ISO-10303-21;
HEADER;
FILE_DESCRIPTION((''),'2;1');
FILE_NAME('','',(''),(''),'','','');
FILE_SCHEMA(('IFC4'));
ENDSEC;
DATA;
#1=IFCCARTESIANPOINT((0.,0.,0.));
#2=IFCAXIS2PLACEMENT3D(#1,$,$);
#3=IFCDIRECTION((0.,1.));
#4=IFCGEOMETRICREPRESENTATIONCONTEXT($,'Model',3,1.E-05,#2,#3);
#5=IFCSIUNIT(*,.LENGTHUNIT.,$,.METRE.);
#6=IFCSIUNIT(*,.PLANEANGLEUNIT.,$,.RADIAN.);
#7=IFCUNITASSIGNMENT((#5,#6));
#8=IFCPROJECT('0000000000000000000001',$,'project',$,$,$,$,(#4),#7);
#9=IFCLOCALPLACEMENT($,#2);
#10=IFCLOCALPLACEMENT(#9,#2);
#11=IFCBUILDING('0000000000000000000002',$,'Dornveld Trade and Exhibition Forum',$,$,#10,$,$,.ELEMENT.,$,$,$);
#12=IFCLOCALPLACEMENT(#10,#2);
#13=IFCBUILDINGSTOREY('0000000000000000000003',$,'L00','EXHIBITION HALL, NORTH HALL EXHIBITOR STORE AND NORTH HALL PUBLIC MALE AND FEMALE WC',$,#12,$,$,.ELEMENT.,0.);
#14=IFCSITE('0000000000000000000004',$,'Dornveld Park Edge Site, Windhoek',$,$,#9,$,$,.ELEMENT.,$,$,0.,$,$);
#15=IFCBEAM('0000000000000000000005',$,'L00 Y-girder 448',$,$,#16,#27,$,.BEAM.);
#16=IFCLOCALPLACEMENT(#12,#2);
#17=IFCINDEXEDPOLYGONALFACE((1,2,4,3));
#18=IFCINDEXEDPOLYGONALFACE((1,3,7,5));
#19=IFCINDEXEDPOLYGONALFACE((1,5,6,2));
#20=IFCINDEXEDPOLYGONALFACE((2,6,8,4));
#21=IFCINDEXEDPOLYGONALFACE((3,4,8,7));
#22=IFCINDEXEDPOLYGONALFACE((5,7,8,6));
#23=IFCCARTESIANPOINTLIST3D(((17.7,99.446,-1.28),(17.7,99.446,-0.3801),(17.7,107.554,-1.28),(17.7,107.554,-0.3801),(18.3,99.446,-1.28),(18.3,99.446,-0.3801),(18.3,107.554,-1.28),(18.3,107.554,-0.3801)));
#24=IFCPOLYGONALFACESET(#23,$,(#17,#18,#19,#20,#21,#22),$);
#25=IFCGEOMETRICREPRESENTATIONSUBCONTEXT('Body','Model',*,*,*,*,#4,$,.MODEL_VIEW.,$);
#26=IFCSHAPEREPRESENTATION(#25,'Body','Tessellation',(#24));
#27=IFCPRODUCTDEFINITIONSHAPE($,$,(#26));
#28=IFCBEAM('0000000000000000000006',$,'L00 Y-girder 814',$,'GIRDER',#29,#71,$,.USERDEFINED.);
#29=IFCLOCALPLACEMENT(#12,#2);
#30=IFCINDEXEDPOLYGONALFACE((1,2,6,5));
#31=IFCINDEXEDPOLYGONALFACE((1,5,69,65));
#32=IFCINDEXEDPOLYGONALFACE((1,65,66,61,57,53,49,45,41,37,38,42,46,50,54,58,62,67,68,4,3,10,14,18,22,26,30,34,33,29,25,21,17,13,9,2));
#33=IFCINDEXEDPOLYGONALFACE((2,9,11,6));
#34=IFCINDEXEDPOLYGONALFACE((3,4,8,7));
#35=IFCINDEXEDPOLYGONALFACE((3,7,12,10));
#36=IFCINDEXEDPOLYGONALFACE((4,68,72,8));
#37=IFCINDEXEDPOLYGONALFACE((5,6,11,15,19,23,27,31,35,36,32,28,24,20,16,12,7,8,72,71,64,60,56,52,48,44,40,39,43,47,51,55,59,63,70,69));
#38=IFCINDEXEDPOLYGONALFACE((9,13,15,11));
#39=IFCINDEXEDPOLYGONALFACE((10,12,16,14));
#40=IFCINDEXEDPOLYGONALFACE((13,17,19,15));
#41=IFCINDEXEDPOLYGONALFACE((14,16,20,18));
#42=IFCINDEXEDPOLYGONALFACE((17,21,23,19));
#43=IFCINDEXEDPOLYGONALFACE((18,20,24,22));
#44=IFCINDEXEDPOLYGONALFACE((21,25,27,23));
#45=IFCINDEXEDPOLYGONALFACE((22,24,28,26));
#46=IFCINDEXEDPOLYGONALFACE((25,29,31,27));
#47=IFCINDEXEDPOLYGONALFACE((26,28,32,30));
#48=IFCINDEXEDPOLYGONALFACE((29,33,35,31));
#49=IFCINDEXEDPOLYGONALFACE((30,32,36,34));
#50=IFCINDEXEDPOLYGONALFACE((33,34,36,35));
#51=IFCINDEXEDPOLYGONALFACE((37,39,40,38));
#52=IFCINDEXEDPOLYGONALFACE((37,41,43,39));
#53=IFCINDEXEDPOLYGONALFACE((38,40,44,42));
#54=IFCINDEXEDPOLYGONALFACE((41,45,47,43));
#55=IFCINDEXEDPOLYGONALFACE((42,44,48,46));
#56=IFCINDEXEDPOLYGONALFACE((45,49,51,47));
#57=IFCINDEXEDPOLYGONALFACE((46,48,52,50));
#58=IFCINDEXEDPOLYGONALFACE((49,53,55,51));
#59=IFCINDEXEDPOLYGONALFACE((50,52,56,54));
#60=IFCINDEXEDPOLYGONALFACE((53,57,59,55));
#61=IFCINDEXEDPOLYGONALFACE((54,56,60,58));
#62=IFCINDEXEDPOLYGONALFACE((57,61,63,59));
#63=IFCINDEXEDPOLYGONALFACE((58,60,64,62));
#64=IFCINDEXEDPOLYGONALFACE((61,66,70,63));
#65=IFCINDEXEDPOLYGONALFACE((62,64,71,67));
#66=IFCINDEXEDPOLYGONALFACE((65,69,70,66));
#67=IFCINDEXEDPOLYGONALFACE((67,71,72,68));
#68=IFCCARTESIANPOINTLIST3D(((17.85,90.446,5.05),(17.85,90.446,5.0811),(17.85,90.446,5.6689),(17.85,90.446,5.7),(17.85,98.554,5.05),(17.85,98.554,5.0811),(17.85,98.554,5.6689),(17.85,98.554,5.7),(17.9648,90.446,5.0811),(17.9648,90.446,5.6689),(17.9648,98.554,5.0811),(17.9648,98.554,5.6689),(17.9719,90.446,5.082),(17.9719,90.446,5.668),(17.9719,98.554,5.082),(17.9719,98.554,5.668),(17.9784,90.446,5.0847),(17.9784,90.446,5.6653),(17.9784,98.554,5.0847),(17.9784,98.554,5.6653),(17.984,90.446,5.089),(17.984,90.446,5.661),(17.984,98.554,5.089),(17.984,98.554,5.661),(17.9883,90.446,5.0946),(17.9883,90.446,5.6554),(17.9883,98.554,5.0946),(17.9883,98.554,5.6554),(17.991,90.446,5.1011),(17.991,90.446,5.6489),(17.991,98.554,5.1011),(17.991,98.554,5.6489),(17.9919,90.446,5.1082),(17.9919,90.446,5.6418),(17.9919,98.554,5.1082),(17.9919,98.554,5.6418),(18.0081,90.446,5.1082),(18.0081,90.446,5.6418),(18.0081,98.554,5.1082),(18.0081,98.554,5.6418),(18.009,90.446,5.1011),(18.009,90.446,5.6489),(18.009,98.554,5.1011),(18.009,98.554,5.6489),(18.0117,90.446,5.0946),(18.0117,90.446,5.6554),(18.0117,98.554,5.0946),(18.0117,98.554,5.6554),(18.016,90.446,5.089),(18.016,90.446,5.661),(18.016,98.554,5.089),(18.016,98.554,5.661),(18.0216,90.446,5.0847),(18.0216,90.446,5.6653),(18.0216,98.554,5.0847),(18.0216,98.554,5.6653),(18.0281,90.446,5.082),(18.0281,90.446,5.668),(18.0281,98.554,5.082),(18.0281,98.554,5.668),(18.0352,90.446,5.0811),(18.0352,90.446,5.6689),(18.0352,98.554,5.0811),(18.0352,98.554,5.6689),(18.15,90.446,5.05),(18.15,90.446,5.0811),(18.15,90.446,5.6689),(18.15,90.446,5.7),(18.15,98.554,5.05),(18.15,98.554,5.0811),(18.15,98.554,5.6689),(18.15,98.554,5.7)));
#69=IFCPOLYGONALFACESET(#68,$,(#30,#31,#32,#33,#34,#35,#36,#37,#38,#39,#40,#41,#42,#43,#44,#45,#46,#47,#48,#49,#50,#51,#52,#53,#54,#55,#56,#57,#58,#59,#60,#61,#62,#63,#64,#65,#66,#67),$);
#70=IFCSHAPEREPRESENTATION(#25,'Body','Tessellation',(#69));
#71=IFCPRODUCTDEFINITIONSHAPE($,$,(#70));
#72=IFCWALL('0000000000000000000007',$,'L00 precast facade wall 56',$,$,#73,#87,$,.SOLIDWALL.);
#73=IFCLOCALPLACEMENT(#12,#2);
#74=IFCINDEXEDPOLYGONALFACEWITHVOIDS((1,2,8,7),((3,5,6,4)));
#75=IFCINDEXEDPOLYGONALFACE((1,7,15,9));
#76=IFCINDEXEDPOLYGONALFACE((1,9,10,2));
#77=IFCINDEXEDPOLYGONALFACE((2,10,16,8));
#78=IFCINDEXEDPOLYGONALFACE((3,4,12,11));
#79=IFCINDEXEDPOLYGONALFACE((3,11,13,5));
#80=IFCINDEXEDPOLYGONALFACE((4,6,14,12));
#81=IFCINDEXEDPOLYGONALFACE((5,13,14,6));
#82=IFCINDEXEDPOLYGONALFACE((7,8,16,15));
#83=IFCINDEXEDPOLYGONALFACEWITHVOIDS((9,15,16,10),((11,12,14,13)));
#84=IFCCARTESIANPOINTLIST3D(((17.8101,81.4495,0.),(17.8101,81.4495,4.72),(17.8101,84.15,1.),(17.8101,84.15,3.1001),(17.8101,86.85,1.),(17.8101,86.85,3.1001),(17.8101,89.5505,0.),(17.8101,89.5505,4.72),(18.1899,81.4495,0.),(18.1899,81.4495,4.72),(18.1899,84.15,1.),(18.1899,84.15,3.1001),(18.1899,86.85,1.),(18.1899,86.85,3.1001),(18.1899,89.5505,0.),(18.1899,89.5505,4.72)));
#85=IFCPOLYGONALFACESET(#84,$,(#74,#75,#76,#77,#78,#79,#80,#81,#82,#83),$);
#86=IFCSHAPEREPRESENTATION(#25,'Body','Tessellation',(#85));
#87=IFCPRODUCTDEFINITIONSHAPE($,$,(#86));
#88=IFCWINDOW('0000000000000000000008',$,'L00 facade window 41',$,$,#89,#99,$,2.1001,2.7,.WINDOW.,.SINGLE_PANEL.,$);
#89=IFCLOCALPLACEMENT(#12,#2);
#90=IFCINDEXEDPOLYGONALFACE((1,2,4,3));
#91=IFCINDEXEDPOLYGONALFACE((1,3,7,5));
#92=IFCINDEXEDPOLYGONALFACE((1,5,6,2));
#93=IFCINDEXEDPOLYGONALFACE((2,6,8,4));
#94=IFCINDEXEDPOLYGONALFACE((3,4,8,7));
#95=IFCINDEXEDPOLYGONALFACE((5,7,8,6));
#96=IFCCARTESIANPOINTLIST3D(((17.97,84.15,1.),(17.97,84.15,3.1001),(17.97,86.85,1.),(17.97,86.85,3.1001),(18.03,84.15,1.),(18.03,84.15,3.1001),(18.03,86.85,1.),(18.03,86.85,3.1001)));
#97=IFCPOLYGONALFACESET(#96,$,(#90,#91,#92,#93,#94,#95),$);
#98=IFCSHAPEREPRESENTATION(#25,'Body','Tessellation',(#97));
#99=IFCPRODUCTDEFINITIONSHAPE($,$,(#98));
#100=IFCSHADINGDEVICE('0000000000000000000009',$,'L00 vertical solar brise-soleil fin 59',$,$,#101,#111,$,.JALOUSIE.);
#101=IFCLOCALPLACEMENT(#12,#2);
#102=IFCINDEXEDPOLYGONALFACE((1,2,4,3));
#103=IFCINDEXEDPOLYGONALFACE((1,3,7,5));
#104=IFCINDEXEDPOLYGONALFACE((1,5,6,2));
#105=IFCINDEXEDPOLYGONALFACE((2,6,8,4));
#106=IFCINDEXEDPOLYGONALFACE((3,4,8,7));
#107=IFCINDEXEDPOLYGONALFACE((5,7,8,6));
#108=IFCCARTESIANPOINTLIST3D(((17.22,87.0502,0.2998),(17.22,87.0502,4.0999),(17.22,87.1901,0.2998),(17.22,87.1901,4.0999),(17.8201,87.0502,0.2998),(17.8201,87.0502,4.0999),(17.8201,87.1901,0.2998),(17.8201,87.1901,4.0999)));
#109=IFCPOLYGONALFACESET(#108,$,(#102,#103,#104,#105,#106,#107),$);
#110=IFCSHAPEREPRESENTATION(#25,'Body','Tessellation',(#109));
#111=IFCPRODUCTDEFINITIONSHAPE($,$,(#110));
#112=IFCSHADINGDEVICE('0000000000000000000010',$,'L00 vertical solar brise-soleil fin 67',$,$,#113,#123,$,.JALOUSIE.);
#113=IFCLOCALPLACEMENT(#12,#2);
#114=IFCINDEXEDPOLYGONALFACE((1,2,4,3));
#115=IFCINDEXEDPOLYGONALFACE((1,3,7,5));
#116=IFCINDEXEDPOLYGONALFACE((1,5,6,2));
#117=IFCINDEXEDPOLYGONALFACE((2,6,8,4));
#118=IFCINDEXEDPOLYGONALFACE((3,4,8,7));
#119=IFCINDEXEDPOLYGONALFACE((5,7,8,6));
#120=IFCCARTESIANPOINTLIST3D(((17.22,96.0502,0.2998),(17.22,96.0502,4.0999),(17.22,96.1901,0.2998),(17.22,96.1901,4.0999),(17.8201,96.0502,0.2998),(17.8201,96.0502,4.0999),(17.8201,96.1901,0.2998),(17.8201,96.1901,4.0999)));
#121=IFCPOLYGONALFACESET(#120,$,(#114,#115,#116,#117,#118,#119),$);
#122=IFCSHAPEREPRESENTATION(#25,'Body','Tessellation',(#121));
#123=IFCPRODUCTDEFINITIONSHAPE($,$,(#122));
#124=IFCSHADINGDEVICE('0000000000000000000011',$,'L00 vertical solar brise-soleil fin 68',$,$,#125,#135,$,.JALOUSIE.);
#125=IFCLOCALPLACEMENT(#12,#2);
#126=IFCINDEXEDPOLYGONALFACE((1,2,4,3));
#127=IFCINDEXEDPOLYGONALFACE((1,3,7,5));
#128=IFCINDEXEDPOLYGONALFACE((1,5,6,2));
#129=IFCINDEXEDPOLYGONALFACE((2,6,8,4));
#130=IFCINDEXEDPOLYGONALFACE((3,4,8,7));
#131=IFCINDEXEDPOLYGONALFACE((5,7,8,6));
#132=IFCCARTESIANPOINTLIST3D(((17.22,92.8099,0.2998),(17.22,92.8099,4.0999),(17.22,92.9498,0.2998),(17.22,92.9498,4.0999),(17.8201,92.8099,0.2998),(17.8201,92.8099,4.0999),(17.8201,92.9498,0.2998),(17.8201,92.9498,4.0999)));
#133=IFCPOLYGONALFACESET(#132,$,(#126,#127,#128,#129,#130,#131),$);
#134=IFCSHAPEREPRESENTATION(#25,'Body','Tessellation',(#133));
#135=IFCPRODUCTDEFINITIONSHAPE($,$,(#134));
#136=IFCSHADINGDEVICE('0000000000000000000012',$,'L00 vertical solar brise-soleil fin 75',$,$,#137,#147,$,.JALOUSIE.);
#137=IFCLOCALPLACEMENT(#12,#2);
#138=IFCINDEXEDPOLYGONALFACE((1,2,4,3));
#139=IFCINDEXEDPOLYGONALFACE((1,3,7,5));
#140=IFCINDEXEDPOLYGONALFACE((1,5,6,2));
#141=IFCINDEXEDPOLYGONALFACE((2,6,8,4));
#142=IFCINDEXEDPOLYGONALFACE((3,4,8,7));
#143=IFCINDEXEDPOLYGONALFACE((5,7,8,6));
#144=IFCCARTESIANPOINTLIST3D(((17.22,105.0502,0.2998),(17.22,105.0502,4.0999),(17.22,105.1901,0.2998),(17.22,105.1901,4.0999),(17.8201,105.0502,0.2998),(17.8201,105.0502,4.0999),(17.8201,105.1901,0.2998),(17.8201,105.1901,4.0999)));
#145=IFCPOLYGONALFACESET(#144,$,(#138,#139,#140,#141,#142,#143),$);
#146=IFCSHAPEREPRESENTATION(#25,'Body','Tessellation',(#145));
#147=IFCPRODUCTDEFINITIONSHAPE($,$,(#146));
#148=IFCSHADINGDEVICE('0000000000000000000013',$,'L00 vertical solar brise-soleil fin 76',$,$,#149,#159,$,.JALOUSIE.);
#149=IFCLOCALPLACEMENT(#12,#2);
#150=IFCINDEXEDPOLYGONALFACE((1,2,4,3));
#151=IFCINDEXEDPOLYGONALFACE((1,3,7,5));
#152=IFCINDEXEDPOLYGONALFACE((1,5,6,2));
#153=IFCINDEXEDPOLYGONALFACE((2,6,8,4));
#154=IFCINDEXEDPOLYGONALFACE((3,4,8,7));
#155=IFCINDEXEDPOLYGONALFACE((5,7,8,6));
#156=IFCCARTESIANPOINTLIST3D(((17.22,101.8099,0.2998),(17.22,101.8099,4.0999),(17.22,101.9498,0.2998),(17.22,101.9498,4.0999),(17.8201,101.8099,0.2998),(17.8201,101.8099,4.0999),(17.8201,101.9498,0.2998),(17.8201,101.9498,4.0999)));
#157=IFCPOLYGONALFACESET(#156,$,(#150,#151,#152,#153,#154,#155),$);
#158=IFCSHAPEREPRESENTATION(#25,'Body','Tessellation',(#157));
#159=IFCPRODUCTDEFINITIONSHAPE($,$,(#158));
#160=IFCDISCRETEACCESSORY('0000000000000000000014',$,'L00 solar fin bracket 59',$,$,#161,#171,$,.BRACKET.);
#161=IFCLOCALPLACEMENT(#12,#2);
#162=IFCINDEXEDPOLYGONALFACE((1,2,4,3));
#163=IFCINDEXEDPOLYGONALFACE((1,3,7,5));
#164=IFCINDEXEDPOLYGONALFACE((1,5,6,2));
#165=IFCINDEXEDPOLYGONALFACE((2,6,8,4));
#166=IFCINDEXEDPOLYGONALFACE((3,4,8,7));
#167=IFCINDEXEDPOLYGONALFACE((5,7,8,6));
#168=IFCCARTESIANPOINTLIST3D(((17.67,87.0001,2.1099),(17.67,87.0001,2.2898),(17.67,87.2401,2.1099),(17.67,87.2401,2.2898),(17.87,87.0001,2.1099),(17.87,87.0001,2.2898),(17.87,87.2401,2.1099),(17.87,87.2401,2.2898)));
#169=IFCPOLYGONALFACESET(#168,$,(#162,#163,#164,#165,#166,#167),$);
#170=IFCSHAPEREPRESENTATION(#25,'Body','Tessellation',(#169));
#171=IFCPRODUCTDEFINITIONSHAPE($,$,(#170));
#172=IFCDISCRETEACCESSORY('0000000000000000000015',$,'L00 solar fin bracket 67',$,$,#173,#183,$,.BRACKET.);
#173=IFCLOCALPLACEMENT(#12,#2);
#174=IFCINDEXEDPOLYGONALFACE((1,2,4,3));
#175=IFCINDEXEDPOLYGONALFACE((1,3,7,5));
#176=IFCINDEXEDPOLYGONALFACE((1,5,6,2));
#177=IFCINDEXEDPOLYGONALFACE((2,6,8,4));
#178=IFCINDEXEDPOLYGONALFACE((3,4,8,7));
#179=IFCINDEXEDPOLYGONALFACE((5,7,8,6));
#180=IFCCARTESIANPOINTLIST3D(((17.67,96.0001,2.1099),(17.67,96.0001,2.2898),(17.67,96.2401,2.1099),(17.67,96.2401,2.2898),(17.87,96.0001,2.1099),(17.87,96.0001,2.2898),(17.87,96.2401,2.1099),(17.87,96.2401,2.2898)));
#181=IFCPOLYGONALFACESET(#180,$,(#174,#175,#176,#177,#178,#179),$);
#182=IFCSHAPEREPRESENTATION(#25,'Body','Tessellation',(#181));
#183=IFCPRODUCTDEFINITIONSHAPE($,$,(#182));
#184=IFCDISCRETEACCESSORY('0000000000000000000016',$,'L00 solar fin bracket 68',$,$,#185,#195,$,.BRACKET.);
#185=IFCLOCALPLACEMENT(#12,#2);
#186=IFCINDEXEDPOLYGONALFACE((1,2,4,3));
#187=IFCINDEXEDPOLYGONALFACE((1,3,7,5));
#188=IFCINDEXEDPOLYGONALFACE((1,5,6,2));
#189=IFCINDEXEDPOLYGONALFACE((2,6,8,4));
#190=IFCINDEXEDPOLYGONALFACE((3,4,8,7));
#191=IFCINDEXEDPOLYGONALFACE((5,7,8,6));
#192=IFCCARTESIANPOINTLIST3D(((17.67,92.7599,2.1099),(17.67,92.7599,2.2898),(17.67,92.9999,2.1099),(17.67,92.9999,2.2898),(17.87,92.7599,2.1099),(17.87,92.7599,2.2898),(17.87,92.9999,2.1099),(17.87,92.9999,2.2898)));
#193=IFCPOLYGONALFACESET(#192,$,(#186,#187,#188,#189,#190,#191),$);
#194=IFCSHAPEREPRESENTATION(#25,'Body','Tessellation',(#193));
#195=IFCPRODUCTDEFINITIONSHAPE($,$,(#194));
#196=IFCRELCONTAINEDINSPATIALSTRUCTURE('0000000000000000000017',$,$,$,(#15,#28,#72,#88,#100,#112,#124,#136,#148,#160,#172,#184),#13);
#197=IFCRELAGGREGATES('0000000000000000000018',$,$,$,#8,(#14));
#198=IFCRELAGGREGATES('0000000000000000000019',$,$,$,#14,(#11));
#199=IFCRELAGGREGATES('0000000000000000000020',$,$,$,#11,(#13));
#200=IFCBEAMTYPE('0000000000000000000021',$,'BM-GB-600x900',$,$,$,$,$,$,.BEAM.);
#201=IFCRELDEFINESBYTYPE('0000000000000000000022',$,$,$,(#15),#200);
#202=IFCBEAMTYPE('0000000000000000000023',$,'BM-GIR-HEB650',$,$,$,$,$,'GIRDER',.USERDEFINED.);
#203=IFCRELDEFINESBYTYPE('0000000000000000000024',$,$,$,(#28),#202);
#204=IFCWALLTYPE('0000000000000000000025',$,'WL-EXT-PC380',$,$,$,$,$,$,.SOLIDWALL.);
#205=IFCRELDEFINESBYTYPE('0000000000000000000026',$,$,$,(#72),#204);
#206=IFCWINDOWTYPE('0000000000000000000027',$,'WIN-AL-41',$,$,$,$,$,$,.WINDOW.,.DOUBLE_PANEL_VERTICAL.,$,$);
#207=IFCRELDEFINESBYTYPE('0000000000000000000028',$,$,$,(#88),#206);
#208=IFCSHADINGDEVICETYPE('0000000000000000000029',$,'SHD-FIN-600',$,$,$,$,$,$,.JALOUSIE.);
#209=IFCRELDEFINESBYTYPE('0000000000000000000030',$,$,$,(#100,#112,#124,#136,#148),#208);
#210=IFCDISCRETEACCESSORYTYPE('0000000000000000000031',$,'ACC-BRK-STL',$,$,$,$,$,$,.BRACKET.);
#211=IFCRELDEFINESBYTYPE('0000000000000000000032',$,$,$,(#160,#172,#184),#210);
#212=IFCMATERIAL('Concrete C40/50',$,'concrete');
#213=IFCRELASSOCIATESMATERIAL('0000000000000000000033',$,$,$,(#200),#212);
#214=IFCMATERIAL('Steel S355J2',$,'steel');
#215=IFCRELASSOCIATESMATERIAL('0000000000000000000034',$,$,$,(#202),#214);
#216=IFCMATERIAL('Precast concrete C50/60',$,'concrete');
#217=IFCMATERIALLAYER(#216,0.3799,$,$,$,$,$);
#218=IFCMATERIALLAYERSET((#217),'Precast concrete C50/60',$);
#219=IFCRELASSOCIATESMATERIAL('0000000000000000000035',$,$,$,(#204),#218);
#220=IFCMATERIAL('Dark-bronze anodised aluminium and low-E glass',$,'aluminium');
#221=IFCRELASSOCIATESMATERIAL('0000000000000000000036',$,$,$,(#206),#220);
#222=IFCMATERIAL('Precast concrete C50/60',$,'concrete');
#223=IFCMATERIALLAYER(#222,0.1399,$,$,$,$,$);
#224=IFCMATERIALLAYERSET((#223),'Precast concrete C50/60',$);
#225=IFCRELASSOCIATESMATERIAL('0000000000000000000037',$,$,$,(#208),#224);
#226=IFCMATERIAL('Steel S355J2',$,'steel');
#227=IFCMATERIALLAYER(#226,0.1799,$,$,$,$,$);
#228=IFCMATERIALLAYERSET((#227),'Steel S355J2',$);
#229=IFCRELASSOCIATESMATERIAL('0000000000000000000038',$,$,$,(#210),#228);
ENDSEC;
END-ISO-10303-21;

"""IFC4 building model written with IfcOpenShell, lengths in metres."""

from ifc_helpers import new_model, si_unit, direction, frame, frame_2d, origin, origin_2d, place, context, subcontext, project, spatial, rectangle, i_section, extrude, material, layer, layer_set, material_profile, profile_set, type_object, element, fill, save


model = new_model("IFC4")

# Units and contexts
model_context = context("Model", 3, precision=1e-05, world=origin(), true_north=direction((0.0, 1.0)))
body_context = subcontext(model_context, "Body", "Model", "MODEL_VIEW")
ifc_project = project(units=[si_unit("LENGTHUNIT", "METRE"), si_unit("PLANEANGLEUNIT", "RADIAN")], contexts=[model_context])

# Site, building, storey
site_placement = place(None, origin())
site = spatial("IfcSite", under=ifc_project, at=site_placement, Name="Dornveld Park Edge Site, Windhoek", CompositionType="ELEMENT", RefElevation=0.0)
building_placement = place(site_placement, origin())
building = spatial("IfcBuilding", under=site, at=building_placement, Name="Dornveld Trade and Exhibition Forum", CompositionType="ELEMENT")
storey_placement = place(building_placement, origin())
storey = spatial("IfcBuildingStorey", under=building, at=storey_placement, Name="L00", Description="EXHIBITION HALL, NORTH HALL EXHIBITOR STORE AND NORTH HALL PUBLIC MALE AND FEMALE WC", CompositionType="ELEMENT", Elevation=0.0)

# Beams
ifc_material_1 = material(Name="Concrete C40/50", Category="concrete")
ifc_material_profile_1 = material_profile(ifc_material_1, rectangle(XDim=0.6001, YDim=0.8999, at=origin_2d()), Name="RC-GB 600x900")
ifc_profile_set_1 = profile_set([ifc_material_profile_1], Name="Concrete C40/50")
beam_type_1 = type_object("IfcBeamType", Name="BM-GB-600x900", PredefinedType="BEAM", material=ifc_profile_set_1)
for number, where, z_axis, x_axis, name in (
    (1, (18.0, 99.446, -0.8301), (0.0, 1.0, 0.0), (-1.0, 0.0, 0.0), "L00 Y-girder 448"),
):
    element("IfcBeam", number, at=place(storey_placement, frame(where, z_axis=z_axis, x_axis=x_axis)), inside=storey, type_object=beam_type_1, Name=name, PredefinedType="BEAM", context=body_context, shape_type="SweptSolid", body=[
        extrude(rectangle(XDim=0.6001, YDim=0.8999, at=origin_2d()), origin(), (0.0, 0.0, 1.0), 8.1079),
    ])
ifc_material_2 = material(Name="Steel S355J2", Category="steel")
ifc_material_profile_2 = material_profile(ifc_material_2, i_section(OverallWidth=0.3, OverallDepth=0.6499, WebThickness=0.0161, FlangeThickness=0.031, FilletRadius=0.0271, at=origin_2d()), Name="HEB 650")
ifc_profile_set_2 = profile_set([ifc_material_profile_2], Name="Steel S355J2")
beam_type_2 = type_object("IfcBeamType", Name="BM-GIR-HEB650", ElementType="GIRDER", PredefinedType="USERDEFINED", material=ifc_profile_set_2)
beam_placement = place(storey_placement, frame((18.0, 90.446, 5.375), z_axis=(0.0, 1.0, 0.0), x_axis=(-1.0, 0.0, 0.0)))
element("IfcBeam", 2, at=beam_placement, inside=storey, type_object=beam_type_2, Name="L00 Y-girder 814", ObjectType="GIRDER", PredefinedType="USERDEFINED", context=body_context, shape_type="SweptSolid", body=[
    extrude(i_section(OverallWidth=0.3, OverallDepth=0.6499, WebThickness=0.0161, FlangeThickness=0.031, FilletRadius=0.0271, at=origin_2d()), origin(), (0.0, 0.0, 1.0), 8.1079),
])

# Wall, opening, window
ifc_material_3 = material(Name="Precast concrete C50/60", Category="concrete")
ifc_layer_1 = layer(ifc_material_3, 0.3799)
ifc_layer_set_1 = layer_set([ifc_layer_1], Name="Precast concrete C50/60")
wall_type = type_object("IfcWallType", Name="WL-EXT-PC380", PredefinedType="SOLIDWALL", material=ifc_layer_set_1)
wall_1_placement = place(storey_placement, frame((18.0, 89.5505, 0.0), z_axis=(0.0, 0.0, 1.0), x_axis=(0.0, -1.0, 0.0)))
wall_1 = element("IfcWall", 3, at=wall_1_placement, inside=storey, type_object=wall_type, Name="L00 precast facade wall 56", PredefinedType="SOLIDWALL", context=body_context, shape_type="SweptSolid", body=[
    extrude(rectangle(XDim=8.1011, YDim=0.3799, at=frame_2d((4.0505, 0.0))), origin(), (0.0, 0.0, 1.0), 4.72),
])
opening_1_placement = place(wall_1_placement, frame((2.7004, 0.0, 1.0)))
opening_1 = element("IfcOpeningElement", 4, at=opening_1_placement, cuts=wall_1, PredefinedType="OPENING", context=body_context, shape_type="SweptSolid", body=[
    extrude(rectangle(XDim=2.7, YDim=2.1001, at=frame_2d((1.3501, 1.05))), frame((0.0, 0.2, 0.0), z_axis=(0.0, -1.0, 0.0), x_axis=(1.0, 0.0, 0.0)), (0.0, 0.0, 1.0), 0.3999),
])
ifc_material_4 = material(Name="Dark-bronze anodised aluminium and low-E glass", Category="aluminium")
window_type = type_object("IfcWindowType", Name="WIN-AL-41", PartitioningType="DOUBLE_PANEL_VERTICAL", PredefinedType="WINDOW", material=ifc_material_4)
window_placement = place(opening_1_placement, origin())
window = element("IfcWindow", 5, at=window_placement, inside=storey, type_object=window_type, Name="L00 facade window 41", OverallHeight=2.1001, OverallWidth=2.7, PartitioningType="SINGLE_PANEL", PredefinedType="WINDOW", context=body_context, shape_type="SweptSolid", body=[
    extrude(rectangle(XDim=2.7, YDim=2.1001, at=frame_2d((1.3501, 1.05))), frame((0.0, 0.03, 0.0), z_axis=(0.0, -1.0, 0.0), x_axis=(1.0, 0.0, 0.0)), (0.0, 0.0, 1.0), 0.0601),
])
fill(opening_1, window)

# Shading devices
ifc_material_5 = material(Name="Precast concrete C50/60", Category="concrete")
ifc_layer_2 = layer(ifc_material_5, 0.1399)
ifc_layer_set_2 = layer_set([ifc_layer_2], Name="Precast concrete C50/60")
shading_device_type = type_object("IfcShadingDeviceType", Name="SHD-FIN-600", PredefinedType="JALOUSIE", material=ifc_layer_set_2)
for number, where, z_axis, x_axis, name in (
    (6, (17.52, 87.1201, 0.2998), (0.0, 0.0, 1.0), (0.0, -1.0, 0.0), "L00 vertical solar brise-soleil fin 59"),
    (7, (17.52, 96.1201, 0.2998), (0.0, 0.0, 1.0), (0.0, -1.0, 0.0), "L00 vertical solar brise-soleil fin 67"),
    (8, (17.52, 92.8799, 0.2998), (0.0, 0.0, 1.0), (0.0, -1.0, 0.0), "L00 vertical solar brise-soleil fin 68"),
    (9, (17.52, 105.1201, 0.2998), (0.0, 0.0, 1.0), (0.0, -1.0, 0.0), "L00 vertical solar brise-soleil fin 75"),
    (10, (17.52, 101.8799, 0.2998), (0.0, 0.0, 1.0), (0.0, -1.0, 0.0), "L00 vertical solar brise-soleil fin 76"),
):
    element("IfcShadingDevice", number, at=place(storey_placement, frame(where, z_axis=z_axis, x_axis=x_axis)), inside=storey, type_object=shading_device_type, Name=name, PredefinedType="JALOUSIE", context=body_context, shape_type="SweptSolid", body=[
        extrude(rectangle(XDim=0.1399, YDim=0.6001, at=origin_2d()), origin(), (0.0, 0.0, 1.0), 3.8),
    ])

# Discrete accessories
ifc_material_6 = material(Name="Steel S355J2", Category="steel")
ifc_layer_3 = layer(ifc_material_6, 0.1799)
ifc_layer_set_3 = layer_set([ifc_layer_3], Name="Steel S355J2")
discrete_accessory_type = type_object("IfcDiscreteAccessoryType", Name="ACC-BRK-STL", PredefinedType="BRACKET", material=ifc_layer_set_3)
for number, where, z_axis, x_axis, name in (
    (11, (17.77, 87.1201, 2.1099), (0.0, 0.0, 1.0), (0.0, -1.0, 0.0), "L00 solar fin bracket 59"),
    (12, (17.77, 96.1201, 2.1099), (0.0, 0.0, 1.0), (0.0, -1.0, 0.0), "L00 solar fin bracket 67"),
    (13, (17.77, 92.8799, 2.1099), (0.0, 0.0, 1.0), (0.0, -1.0, 0.0), "L00 solar fin bracket 68"),
):
    element("IfcDiscreteAccessory", number, at=place(storey_placement, frame(where, z_axis=z_axis, x_axis=x_axis)), inside=storey, type_object=discrete_accessory_type, Name=name, PredefinedType="BRACKET", context=body_context, shape_type="SweptSolid", body=[
        extrude(rectangle(XDim=0.24, YDim=0.2, at=origin_2d()), origin(), (0.0, 0.0, 1.0), 0.1799),
    ])

save(model, "model.ifc")
